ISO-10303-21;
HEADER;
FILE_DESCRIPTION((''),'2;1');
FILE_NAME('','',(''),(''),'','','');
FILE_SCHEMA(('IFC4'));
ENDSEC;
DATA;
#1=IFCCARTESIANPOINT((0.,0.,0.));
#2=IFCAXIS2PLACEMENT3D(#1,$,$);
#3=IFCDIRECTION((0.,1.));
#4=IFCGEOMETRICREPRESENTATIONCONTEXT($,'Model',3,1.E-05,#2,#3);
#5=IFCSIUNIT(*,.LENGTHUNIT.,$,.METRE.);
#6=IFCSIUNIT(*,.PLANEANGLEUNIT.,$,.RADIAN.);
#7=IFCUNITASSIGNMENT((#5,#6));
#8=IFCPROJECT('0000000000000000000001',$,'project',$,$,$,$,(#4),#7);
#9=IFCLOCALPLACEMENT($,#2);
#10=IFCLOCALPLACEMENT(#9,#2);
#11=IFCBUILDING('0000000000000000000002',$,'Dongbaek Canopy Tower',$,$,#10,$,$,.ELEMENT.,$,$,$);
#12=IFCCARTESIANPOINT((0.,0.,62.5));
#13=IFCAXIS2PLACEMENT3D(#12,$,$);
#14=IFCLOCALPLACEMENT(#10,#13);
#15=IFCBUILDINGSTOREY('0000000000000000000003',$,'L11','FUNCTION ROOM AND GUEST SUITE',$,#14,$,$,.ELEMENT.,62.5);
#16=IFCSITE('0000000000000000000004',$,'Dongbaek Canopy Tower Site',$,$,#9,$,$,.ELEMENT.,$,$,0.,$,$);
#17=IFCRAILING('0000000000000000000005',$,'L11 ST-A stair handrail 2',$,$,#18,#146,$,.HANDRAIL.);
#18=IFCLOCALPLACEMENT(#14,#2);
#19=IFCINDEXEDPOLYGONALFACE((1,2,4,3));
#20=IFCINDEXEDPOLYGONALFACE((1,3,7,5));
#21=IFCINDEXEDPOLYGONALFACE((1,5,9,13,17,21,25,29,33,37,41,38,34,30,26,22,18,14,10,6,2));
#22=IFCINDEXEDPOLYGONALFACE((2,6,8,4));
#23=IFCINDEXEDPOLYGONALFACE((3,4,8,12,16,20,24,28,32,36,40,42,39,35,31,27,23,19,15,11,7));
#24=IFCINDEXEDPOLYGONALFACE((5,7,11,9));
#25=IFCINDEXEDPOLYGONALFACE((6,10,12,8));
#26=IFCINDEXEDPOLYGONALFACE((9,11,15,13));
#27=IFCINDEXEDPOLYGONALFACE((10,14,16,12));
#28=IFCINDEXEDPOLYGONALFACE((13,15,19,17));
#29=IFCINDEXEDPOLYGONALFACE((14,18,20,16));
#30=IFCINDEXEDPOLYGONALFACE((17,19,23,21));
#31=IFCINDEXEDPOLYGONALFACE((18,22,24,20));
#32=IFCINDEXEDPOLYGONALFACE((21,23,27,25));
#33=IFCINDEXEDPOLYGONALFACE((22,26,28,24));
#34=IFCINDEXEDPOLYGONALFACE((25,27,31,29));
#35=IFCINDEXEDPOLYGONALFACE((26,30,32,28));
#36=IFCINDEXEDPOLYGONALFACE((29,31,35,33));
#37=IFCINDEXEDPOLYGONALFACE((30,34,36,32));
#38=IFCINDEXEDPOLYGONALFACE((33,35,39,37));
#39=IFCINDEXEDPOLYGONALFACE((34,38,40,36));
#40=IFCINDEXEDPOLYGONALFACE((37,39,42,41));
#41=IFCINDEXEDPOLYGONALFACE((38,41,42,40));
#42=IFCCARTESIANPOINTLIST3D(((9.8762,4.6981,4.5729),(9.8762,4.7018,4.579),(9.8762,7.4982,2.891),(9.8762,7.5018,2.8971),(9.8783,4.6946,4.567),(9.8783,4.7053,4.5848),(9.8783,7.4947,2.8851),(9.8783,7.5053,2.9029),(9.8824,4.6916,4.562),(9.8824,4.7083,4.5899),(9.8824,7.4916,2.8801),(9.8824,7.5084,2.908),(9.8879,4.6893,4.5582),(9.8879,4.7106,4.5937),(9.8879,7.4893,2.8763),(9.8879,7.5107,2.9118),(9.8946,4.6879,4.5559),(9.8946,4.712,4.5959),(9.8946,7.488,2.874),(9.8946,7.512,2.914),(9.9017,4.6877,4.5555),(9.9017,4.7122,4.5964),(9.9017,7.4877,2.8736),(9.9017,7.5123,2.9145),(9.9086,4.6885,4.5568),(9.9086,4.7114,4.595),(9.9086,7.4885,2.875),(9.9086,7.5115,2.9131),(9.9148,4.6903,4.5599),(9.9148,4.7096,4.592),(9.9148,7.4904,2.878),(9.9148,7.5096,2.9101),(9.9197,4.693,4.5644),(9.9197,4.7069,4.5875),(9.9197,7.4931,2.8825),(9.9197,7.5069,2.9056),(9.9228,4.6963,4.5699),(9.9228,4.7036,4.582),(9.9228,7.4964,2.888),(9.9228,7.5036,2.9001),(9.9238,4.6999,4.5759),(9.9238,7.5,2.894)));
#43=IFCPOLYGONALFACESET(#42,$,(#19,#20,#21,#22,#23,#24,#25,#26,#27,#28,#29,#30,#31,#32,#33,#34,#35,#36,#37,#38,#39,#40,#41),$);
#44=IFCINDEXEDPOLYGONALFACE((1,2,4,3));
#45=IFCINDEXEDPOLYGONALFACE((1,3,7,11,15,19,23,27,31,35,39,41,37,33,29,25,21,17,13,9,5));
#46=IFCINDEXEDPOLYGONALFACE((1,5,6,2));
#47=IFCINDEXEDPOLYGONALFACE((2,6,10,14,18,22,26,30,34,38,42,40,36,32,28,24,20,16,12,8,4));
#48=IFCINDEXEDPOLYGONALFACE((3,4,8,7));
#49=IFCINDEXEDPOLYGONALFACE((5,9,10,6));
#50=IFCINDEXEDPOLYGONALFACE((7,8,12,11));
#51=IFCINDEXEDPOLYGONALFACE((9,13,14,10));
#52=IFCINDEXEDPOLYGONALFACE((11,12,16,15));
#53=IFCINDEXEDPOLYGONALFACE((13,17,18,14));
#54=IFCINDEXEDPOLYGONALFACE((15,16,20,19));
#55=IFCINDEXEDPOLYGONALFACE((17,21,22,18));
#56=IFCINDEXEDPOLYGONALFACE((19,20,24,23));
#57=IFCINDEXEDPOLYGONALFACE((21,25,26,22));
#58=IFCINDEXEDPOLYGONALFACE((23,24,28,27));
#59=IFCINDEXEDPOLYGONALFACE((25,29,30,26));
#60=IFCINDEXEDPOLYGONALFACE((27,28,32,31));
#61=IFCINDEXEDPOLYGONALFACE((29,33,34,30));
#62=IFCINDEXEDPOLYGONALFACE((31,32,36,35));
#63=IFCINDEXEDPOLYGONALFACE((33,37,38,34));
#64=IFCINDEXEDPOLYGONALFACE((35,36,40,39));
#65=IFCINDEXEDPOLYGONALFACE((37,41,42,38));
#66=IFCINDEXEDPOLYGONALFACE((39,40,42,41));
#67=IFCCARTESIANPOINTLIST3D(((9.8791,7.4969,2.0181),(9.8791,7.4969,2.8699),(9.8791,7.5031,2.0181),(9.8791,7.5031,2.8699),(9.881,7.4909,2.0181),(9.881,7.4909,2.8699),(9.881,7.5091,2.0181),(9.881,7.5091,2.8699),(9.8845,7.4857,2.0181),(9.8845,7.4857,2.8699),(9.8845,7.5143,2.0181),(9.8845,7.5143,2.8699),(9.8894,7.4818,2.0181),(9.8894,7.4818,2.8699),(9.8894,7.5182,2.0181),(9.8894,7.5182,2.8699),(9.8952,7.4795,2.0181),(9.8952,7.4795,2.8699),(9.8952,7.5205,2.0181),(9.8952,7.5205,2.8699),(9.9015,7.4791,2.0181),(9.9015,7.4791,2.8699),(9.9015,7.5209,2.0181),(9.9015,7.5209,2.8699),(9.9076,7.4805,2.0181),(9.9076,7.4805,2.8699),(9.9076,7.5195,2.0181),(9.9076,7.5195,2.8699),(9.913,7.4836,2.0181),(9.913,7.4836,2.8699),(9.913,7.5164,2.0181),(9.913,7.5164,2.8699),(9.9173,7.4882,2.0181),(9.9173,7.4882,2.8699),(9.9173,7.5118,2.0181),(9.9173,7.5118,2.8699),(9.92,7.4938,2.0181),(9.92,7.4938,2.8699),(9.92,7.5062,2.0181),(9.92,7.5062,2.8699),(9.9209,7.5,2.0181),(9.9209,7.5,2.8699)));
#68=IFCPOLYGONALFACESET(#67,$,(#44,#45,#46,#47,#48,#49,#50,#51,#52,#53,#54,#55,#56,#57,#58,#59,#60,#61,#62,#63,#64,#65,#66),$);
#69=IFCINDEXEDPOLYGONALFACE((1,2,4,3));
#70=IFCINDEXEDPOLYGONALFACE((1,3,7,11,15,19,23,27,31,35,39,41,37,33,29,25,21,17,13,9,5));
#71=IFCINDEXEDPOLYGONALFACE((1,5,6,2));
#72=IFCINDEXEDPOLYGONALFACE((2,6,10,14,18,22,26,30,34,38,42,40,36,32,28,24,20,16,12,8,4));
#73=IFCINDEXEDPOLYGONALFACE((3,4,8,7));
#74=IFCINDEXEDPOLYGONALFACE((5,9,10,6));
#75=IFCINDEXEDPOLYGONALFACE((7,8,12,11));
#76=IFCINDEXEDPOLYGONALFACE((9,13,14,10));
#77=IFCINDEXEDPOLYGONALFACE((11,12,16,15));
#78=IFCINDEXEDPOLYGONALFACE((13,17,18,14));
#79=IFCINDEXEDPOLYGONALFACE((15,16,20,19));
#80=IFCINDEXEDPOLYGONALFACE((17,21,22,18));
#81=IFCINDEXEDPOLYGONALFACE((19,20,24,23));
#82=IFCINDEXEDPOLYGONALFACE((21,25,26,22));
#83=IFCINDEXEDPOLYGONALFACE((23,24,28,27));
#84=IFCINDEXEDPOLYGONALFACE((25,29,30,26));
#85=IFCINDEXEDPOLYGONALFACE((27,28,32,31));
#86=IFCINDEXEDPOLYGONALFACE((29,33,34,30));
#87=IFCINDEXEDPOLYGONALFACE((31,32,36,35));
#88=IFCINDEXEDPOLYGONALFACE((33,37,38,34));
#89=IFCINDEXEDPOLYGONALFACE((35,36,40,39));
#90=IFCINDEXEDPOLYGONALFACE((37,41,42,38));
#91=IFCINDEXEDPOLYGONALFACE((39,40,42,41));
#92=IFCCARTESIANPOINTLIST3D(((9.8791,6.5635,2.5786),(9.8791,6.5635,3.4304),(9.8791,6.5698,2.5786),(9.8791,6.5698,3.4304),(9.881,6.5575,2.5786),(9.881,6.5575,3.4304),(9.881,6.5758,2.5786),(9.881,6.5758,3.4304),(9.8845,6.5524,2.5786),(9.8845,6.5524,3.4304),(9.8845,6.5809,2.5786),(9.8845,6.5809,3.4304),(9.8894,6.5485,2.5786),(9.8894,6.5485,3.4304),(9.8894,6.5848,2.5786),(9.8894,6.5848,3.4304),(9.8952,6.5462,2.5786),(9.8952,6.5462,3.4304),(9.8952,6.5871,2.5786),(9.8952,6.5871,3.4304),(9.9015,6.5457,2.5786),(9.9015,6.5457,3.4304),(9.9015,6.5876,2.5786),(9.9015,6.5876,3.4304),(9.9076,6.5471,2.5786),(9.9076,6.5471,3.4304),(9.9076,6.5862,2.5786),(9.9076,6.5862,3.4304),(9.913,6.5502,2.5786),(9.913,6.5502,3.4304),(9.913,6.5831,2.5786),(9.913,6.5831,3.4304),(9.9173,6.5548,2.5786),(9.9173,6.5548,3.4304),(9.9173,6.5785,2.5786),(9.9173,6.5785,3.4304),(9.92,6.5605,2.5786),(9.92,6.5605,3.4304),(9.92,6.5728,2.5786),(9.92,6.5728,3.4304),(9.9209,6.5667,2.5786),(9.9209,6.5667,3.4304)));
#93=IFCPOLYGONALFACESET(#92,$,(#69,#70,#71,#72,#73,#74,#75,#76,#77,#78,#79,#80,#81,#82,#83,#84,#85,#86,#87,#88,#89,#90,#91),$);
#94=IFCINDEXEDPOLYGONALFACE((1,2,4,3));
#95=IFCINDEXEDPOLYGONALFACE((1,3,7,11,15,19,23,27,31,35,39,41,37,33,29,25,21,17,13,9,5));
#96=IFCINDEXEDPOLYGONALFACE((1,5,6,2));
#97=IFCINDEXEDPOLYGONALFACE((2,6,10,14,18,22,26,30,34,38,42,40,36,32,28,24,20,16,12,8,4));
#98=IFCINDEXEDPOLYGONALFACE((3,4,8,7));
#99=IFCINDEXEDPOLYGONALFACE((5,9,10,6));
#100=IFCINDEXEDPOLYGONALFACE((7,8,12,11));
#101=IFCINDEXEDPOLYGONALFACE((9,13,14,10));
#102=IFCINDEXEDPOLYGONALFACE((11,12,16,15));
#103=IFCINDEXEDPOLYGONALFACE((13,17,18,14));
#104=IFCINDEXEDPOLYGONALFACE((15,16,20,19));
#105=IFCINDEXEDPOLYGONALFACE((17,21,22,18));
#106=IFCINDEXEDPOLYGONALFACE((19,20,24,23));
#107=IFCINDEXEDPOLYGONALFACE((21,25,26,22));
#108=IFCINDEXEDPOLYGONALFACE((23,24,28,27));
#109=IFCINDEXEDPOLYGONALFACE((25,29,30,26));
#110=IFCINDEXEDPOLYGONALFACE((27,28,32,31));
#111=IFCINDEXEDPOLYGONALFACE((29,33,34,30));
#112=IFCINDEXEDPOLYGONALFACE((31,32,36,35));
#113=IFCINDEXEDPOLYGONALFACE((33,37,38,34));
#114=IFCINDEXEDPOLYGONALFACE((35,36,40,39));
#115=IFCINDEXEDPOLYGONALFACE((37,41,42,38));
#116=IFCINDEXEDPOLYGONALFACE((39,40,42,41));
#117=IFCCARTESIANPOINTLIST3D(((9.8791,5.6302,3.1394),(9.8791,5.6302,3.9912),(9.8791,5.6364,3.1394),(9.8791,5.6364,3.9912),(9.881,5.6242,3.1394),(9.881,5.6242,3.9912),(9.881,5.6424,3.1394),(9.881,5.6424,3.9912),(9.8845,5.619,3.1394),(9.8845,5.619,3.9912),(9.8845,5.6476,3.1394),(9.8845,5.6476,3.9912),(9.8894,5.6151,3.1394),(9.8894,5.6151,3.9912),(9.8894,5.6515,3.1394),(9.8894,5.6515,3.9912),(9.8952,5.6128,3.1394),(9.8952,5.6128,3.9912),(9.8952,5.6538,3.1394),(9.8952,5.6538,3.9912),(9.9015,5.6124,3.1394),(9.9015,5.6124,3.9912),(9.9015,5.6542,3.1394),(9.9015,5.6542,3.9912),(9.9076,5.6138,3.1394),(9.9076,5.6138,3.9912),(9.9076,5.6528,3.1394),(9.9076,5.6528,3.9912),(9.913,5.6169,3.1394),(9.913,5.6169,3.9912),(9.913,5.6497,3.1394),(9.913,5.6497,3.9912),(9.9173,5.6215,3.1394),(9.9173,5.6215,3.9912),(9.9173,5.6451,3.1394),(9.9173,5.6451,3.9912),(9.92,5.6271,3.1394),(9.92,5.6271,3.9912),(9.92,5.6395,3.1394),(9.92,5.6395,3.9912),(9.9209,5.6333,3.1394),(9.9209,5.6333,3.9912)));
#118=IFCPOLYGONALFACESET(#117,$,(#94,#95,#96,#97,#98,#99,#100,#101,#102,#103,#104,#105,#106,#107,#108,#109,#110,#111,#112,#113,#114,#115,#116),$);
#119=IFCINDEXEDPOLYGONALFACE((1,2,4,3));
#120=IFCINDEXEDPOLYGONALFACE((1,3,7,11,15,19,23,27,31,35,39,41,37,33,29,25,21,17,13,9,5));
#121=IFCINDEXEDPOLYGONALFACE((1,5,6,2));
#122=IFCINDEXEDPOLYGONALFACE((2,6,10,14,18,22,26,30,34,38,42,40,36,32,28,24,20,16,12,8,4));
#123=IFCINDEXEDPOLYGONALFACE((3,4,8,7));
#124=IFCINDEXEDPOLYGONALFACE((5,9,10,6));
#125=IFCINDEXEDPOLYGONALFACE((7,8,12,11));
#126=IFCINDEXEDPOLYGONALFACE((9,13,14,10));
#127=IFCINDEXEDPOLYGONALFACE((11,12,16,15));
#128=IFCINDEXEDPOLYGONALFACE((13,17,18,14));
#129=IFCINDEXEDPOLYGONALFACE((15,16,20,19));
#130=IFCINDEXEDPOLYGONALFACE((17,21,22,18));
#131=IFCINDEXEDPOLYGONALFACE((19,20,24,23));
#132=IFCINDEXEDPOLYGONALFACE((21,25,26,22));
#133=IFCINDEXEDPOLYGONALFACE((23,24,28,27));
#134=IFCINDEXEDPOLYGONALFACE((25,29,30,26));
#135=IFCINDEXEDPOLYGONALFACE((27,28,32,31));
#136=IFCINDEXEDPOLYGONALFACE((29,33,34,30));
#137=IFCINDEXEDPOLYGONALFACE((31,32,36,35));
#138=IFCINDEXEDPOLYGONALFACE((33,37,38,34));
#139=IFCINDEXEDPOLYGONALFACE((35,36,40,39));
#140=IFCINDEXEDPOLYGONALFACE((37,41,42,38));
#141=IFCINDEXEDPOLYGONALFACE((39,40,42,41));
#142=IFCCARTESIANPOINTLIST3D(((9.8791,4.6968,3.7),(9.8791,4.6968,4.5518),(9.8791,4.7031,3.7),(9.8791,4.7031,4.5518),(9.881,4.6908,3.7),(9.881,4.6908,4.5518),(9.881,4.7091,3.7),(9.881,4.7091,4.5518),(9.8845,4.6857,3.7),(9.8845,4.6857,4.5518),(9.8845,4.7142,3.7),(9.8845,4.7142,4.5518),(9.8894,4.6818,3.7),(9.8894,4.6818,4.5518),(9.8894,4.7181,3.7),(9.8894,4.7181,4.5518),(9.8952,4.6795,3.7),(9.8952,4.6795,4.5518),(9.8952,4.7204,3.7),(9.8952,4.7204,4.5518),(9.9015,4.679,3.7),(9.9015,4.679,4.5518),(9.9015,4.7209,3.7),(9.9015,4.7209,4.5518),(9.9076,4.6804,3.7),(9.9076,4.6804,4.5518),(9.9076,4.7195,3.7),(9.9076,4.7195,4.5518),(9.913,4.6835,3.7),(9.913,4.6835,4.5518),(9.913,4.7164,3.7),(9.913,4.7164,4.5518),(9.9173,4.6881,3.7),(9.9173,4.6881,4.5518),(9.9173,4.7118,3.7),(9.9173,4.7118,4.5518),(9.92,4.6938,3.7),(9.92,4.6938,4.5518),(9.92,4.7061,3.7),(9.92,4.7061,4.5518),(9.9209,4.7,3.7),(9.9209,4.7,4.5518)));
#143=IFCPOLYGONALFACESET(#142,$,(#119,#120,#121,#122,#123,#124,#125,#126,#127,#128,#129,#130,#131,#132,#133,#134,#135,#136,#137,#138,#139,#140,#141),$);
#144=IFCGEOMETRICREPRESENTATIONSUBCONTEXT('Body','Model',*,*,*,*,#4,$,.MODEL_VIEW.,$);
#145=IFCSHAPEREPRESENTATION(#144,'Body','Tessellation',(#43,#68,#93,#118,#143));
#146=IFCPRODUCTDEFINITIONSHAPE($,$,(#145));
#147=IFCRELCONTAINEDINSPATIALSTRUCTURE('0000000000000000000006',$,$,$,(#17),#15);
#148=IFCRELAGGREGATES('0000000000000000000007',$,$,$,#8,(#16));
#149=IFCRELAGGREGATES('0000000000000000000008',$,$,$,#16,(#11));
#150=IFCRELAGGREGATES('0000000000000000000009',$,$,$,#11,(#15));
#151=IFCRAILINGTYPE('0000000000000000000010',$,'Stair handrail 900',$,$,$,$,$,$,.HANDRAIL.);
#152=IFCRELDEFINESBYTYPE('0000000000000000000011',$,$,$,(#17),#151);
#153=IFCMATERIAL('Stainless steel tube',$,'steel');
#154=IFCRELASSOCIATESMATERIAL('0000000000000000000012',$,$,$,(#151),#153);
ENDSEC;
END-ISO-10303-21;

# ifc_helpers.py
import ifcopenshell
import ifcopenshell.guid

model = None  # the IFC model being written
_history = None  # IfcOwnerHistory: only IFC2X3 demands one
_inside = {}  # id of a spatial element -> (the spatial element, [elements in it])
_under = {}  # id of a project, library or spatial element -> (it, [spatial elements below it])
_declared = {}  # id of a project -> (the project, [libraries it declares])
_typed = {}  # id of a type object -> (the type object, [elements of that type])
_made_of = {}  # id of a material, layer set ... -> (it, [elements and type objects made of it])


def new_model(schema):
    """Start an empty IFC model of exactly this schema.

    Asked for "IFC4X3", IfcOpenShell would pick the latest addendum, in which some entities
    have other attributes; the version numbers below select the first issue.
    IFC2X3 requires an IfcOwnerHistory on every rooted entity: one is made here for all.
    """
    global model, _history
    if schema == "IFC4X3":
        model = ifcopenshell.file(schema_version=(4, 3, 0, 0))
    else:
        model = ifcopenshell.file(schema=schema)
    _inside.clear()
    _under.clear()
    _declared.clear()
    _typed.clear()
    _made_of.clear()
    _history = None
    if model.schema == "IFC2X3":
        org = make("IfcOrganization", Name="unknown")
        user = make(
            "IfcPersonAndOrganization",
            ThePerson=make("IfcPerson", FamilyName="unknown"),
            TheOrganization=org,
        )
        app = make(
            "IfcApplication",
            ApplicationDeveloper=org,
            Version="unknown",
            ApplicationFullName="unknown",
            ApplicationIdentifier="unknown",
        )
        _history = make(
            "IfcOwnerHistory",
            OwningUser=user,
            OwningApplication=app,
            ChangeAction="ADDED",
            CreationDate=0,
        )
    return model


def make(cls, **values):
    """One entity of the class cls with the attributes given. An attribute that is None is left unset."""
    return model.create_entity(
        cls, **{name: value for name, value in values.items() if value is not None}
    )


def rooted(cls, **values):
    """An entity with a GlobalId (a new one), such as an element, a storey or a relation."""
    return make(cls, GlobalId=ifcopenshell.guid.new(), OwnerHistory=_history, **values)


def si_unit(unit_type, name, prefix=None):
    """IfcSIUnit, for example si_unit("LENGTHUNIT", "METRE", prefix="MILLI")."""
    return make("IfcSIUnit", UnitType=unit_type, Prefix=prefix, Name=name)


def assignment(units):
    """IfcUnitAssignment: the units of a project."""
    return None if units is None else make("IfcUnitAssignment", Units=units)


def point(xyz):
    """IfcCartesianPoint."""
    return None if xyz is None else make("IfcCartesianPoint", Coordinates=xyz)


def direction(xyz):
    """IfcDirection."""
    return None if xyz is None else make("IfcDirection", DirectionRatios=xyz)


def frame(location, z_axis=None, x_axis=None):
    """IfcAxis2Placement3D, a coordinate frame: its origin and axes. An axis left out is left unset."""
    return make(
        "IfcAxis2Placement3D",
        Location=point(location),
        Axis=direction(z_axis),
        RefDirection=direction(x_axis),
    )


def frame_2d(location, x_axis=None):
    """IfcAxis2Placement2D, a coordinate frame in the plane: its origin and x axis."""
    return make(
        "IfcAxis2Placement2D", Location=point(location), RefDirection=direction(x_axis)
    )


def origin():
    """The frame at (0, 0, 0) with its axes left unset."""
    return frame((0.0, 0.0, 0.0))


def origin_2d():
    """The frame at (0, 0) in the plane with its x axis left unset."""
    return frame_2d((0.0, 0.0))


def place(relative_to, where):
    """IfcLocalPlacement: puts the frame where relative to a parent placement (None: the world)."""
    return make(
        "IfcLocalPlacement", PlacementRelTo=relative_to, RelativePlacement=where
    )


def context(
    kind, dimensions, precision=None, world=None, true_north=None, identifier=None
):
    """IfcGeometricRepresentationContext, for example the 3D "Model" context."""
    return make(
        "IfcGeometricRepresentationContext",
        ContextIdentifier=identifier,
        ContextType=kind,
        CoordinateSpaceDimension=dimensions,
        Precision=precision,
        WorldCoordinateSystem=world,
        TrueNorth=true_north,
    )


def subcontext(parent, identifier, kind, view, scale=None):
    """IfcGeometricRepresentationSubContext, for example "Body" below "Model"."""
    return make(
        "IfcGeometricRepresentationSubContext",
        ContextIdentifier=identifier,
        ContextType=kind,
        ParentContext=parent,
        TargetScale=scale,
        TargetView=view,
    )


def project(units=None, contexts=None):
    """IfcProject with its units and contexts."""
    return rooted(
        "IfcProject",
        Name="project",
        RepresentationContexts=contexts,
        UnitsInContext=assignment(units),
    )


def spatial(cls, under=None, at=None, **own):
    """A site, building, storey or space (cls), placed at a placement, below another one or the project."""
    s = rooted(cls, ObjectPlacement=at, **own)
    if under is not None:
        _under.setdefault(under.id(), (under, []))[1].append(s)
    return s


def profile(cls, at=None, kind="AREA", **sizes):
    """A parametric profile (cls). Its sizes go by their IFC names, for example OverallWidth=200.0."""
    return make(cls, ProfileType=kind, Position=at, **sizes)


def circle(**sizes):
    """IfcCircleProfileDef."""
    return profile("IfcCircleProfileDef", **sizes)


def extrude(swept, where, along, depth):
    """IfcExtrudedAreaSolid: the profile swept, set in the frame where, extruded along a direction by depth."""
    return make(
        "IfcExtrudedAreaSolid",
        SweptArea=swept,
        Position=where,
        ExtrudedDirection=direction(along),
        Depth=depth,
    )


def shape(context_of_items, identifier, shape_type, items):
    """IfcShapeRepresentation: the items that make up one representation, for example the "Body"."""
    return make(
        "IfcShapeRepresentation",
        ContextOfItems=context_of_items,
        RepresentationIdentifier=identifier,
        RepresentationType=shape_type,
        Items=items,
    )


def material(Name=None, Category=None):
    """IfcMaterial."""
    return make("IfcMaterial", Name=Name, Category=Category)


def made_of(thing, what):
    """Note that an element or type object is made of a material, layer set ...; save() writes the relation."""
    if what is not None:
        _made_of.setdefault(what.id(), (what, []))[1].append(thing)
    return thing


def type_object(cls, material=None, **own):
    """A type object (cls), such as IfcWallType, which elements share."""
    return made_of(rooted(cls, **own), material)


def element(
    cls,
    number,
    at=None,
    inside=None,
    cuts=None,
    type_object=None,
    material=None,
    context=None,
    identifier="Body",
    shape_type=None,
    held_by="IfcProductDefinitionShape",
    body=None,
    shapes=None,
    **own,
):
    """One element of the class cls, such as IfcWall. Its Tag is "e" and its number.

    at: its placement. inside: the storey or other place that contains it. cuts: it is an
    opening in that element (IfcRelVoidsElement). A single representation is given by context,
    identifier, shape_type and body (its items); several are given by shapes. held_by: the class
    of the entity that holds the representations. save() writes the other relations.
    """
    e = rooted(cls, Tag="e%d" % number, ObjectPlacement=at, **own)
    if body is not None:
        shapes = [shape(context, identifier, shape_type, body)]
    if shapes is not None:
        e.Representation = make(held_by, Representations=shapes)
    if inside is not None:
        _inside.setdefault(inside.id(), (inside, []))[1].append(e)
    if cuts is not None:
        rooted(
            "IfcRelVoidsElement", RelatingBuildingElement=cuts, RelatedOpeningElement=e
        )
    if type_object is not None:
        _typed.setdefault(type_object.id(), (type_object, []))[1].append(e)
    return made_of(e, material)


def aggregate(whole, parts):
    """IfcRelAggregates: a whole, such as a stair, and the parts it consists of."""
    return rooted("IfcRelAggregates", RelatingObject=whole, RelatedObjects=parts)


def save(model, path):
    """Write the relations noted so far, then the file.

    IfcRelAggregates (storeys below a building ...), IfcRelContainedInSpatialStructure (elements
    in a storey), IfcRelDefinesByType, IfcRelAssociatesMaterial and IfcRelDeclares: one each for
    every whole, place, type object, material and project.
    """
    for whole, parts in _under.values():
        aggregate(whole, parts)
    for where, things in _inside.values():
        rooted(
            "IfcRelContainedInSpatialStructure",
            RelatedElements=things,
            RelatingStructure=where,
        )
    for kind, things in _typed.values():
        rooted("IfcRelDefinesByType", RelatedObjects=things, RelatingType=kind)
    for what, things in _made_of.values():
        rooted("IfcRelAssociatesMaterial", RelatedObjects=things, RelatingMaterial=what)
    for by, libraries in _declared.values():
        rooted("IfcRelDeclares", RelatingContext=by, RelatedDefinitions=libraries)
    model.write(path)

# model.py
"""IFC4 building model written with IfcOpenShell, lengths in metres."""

from ifc_helpers import new_model, si_unit, direction, frame, origin, origin_2d, place, context, subcontext, project, spatial, circle, extrude, material, type_object, element, save


model = new_model("IFC4")

# Units and contexts
model_context = context("Model", 3, precision=1e-05, world=origin(), true_north=direction((0.0, 1.0)))
body_context = subcontext(model_context, "Body", "Model", "MODEL_VIEW")
ifc_project = project(units=[si_unit("LENGTHUNIT", "METRE"), si_unit("PLANEANGLEUNIT", "RADIAN")], contexts=[model_context])

# Site, building, storey
site_placement = place(None, origin())
site = spatial("IfcSite", under=ifc_project, at=site_placement, Name="Dongbaek Canopy Tower Site", CompositionType="ELEMENT", RefElevation=0.0)
building_placement = place(site_placement, origin())
building = spatial("IfcBuilding", under=site, at=building_placement, Name="Dongbaek Canopy Tower", CompositionType="ELEMENT")
storey_placement = place(building_placement, frame((0.0, 0.0, 62.5)))
storey = spatial("IfcBuildingStorey", under=building, at=storey_placement, Name="L11", Description="FUNCTION ROOM AND GUEST SUITE", CompositionType="ELEMENT", Elevation=62.5)

# Railing
ifc_material_1 = material(Name="Stainless steel tube", Category="steel")
railing_type_1 = type_object("IfcRailingType", Name="Stair handrail 900", PredefinedType="HANDRAIL", material=ifc_material_1)
railing_1_placement = place(storey_placement, frame((9.8999, 7.5, 2.0181)))
element("IfcRailing", 1, at=railing_1_placement, inside=storey, type_object=railing_type_1, Name="L11 ST-A stair handrail 2", PredefinedType="HANDRAIL", context=body_context, shape_type="SweptSolid", body=[
    extrude(circle(Radius=0.0239, at=origin_2d()), frame((0.0, 0.0, 0.876), z_axis=(0.0, -0.857242, 0.514913), x_axis=(1.0, 0.0, 0.0)), (0.0, 0.0, 1.0), 3.2664),
    extrude(circle(Radius=0.021, at=origin_2d()), origin(), (0.0, 0.0, 1.0), 0.8518),
    extrude(circle(Radius=0.021, at=origin_2d()), frame((0.0, -0.9333, 0.5605)), (0.0, 0.0, 1.0), 0.8518),
    extrude(circle(Radius=0.021, at=origin_2d()), frame((0.0, -1.8667, 1.1213)), (0.0, 0.0, 1.0), 0.8518),
    extrude(circle(Radius=0.021, at=origin_2d()), frame((0.0, -2.8, 1.6819)), (0.0, 0.0, 1.0), 0.8518),
])

save(model, "model.ifc")
